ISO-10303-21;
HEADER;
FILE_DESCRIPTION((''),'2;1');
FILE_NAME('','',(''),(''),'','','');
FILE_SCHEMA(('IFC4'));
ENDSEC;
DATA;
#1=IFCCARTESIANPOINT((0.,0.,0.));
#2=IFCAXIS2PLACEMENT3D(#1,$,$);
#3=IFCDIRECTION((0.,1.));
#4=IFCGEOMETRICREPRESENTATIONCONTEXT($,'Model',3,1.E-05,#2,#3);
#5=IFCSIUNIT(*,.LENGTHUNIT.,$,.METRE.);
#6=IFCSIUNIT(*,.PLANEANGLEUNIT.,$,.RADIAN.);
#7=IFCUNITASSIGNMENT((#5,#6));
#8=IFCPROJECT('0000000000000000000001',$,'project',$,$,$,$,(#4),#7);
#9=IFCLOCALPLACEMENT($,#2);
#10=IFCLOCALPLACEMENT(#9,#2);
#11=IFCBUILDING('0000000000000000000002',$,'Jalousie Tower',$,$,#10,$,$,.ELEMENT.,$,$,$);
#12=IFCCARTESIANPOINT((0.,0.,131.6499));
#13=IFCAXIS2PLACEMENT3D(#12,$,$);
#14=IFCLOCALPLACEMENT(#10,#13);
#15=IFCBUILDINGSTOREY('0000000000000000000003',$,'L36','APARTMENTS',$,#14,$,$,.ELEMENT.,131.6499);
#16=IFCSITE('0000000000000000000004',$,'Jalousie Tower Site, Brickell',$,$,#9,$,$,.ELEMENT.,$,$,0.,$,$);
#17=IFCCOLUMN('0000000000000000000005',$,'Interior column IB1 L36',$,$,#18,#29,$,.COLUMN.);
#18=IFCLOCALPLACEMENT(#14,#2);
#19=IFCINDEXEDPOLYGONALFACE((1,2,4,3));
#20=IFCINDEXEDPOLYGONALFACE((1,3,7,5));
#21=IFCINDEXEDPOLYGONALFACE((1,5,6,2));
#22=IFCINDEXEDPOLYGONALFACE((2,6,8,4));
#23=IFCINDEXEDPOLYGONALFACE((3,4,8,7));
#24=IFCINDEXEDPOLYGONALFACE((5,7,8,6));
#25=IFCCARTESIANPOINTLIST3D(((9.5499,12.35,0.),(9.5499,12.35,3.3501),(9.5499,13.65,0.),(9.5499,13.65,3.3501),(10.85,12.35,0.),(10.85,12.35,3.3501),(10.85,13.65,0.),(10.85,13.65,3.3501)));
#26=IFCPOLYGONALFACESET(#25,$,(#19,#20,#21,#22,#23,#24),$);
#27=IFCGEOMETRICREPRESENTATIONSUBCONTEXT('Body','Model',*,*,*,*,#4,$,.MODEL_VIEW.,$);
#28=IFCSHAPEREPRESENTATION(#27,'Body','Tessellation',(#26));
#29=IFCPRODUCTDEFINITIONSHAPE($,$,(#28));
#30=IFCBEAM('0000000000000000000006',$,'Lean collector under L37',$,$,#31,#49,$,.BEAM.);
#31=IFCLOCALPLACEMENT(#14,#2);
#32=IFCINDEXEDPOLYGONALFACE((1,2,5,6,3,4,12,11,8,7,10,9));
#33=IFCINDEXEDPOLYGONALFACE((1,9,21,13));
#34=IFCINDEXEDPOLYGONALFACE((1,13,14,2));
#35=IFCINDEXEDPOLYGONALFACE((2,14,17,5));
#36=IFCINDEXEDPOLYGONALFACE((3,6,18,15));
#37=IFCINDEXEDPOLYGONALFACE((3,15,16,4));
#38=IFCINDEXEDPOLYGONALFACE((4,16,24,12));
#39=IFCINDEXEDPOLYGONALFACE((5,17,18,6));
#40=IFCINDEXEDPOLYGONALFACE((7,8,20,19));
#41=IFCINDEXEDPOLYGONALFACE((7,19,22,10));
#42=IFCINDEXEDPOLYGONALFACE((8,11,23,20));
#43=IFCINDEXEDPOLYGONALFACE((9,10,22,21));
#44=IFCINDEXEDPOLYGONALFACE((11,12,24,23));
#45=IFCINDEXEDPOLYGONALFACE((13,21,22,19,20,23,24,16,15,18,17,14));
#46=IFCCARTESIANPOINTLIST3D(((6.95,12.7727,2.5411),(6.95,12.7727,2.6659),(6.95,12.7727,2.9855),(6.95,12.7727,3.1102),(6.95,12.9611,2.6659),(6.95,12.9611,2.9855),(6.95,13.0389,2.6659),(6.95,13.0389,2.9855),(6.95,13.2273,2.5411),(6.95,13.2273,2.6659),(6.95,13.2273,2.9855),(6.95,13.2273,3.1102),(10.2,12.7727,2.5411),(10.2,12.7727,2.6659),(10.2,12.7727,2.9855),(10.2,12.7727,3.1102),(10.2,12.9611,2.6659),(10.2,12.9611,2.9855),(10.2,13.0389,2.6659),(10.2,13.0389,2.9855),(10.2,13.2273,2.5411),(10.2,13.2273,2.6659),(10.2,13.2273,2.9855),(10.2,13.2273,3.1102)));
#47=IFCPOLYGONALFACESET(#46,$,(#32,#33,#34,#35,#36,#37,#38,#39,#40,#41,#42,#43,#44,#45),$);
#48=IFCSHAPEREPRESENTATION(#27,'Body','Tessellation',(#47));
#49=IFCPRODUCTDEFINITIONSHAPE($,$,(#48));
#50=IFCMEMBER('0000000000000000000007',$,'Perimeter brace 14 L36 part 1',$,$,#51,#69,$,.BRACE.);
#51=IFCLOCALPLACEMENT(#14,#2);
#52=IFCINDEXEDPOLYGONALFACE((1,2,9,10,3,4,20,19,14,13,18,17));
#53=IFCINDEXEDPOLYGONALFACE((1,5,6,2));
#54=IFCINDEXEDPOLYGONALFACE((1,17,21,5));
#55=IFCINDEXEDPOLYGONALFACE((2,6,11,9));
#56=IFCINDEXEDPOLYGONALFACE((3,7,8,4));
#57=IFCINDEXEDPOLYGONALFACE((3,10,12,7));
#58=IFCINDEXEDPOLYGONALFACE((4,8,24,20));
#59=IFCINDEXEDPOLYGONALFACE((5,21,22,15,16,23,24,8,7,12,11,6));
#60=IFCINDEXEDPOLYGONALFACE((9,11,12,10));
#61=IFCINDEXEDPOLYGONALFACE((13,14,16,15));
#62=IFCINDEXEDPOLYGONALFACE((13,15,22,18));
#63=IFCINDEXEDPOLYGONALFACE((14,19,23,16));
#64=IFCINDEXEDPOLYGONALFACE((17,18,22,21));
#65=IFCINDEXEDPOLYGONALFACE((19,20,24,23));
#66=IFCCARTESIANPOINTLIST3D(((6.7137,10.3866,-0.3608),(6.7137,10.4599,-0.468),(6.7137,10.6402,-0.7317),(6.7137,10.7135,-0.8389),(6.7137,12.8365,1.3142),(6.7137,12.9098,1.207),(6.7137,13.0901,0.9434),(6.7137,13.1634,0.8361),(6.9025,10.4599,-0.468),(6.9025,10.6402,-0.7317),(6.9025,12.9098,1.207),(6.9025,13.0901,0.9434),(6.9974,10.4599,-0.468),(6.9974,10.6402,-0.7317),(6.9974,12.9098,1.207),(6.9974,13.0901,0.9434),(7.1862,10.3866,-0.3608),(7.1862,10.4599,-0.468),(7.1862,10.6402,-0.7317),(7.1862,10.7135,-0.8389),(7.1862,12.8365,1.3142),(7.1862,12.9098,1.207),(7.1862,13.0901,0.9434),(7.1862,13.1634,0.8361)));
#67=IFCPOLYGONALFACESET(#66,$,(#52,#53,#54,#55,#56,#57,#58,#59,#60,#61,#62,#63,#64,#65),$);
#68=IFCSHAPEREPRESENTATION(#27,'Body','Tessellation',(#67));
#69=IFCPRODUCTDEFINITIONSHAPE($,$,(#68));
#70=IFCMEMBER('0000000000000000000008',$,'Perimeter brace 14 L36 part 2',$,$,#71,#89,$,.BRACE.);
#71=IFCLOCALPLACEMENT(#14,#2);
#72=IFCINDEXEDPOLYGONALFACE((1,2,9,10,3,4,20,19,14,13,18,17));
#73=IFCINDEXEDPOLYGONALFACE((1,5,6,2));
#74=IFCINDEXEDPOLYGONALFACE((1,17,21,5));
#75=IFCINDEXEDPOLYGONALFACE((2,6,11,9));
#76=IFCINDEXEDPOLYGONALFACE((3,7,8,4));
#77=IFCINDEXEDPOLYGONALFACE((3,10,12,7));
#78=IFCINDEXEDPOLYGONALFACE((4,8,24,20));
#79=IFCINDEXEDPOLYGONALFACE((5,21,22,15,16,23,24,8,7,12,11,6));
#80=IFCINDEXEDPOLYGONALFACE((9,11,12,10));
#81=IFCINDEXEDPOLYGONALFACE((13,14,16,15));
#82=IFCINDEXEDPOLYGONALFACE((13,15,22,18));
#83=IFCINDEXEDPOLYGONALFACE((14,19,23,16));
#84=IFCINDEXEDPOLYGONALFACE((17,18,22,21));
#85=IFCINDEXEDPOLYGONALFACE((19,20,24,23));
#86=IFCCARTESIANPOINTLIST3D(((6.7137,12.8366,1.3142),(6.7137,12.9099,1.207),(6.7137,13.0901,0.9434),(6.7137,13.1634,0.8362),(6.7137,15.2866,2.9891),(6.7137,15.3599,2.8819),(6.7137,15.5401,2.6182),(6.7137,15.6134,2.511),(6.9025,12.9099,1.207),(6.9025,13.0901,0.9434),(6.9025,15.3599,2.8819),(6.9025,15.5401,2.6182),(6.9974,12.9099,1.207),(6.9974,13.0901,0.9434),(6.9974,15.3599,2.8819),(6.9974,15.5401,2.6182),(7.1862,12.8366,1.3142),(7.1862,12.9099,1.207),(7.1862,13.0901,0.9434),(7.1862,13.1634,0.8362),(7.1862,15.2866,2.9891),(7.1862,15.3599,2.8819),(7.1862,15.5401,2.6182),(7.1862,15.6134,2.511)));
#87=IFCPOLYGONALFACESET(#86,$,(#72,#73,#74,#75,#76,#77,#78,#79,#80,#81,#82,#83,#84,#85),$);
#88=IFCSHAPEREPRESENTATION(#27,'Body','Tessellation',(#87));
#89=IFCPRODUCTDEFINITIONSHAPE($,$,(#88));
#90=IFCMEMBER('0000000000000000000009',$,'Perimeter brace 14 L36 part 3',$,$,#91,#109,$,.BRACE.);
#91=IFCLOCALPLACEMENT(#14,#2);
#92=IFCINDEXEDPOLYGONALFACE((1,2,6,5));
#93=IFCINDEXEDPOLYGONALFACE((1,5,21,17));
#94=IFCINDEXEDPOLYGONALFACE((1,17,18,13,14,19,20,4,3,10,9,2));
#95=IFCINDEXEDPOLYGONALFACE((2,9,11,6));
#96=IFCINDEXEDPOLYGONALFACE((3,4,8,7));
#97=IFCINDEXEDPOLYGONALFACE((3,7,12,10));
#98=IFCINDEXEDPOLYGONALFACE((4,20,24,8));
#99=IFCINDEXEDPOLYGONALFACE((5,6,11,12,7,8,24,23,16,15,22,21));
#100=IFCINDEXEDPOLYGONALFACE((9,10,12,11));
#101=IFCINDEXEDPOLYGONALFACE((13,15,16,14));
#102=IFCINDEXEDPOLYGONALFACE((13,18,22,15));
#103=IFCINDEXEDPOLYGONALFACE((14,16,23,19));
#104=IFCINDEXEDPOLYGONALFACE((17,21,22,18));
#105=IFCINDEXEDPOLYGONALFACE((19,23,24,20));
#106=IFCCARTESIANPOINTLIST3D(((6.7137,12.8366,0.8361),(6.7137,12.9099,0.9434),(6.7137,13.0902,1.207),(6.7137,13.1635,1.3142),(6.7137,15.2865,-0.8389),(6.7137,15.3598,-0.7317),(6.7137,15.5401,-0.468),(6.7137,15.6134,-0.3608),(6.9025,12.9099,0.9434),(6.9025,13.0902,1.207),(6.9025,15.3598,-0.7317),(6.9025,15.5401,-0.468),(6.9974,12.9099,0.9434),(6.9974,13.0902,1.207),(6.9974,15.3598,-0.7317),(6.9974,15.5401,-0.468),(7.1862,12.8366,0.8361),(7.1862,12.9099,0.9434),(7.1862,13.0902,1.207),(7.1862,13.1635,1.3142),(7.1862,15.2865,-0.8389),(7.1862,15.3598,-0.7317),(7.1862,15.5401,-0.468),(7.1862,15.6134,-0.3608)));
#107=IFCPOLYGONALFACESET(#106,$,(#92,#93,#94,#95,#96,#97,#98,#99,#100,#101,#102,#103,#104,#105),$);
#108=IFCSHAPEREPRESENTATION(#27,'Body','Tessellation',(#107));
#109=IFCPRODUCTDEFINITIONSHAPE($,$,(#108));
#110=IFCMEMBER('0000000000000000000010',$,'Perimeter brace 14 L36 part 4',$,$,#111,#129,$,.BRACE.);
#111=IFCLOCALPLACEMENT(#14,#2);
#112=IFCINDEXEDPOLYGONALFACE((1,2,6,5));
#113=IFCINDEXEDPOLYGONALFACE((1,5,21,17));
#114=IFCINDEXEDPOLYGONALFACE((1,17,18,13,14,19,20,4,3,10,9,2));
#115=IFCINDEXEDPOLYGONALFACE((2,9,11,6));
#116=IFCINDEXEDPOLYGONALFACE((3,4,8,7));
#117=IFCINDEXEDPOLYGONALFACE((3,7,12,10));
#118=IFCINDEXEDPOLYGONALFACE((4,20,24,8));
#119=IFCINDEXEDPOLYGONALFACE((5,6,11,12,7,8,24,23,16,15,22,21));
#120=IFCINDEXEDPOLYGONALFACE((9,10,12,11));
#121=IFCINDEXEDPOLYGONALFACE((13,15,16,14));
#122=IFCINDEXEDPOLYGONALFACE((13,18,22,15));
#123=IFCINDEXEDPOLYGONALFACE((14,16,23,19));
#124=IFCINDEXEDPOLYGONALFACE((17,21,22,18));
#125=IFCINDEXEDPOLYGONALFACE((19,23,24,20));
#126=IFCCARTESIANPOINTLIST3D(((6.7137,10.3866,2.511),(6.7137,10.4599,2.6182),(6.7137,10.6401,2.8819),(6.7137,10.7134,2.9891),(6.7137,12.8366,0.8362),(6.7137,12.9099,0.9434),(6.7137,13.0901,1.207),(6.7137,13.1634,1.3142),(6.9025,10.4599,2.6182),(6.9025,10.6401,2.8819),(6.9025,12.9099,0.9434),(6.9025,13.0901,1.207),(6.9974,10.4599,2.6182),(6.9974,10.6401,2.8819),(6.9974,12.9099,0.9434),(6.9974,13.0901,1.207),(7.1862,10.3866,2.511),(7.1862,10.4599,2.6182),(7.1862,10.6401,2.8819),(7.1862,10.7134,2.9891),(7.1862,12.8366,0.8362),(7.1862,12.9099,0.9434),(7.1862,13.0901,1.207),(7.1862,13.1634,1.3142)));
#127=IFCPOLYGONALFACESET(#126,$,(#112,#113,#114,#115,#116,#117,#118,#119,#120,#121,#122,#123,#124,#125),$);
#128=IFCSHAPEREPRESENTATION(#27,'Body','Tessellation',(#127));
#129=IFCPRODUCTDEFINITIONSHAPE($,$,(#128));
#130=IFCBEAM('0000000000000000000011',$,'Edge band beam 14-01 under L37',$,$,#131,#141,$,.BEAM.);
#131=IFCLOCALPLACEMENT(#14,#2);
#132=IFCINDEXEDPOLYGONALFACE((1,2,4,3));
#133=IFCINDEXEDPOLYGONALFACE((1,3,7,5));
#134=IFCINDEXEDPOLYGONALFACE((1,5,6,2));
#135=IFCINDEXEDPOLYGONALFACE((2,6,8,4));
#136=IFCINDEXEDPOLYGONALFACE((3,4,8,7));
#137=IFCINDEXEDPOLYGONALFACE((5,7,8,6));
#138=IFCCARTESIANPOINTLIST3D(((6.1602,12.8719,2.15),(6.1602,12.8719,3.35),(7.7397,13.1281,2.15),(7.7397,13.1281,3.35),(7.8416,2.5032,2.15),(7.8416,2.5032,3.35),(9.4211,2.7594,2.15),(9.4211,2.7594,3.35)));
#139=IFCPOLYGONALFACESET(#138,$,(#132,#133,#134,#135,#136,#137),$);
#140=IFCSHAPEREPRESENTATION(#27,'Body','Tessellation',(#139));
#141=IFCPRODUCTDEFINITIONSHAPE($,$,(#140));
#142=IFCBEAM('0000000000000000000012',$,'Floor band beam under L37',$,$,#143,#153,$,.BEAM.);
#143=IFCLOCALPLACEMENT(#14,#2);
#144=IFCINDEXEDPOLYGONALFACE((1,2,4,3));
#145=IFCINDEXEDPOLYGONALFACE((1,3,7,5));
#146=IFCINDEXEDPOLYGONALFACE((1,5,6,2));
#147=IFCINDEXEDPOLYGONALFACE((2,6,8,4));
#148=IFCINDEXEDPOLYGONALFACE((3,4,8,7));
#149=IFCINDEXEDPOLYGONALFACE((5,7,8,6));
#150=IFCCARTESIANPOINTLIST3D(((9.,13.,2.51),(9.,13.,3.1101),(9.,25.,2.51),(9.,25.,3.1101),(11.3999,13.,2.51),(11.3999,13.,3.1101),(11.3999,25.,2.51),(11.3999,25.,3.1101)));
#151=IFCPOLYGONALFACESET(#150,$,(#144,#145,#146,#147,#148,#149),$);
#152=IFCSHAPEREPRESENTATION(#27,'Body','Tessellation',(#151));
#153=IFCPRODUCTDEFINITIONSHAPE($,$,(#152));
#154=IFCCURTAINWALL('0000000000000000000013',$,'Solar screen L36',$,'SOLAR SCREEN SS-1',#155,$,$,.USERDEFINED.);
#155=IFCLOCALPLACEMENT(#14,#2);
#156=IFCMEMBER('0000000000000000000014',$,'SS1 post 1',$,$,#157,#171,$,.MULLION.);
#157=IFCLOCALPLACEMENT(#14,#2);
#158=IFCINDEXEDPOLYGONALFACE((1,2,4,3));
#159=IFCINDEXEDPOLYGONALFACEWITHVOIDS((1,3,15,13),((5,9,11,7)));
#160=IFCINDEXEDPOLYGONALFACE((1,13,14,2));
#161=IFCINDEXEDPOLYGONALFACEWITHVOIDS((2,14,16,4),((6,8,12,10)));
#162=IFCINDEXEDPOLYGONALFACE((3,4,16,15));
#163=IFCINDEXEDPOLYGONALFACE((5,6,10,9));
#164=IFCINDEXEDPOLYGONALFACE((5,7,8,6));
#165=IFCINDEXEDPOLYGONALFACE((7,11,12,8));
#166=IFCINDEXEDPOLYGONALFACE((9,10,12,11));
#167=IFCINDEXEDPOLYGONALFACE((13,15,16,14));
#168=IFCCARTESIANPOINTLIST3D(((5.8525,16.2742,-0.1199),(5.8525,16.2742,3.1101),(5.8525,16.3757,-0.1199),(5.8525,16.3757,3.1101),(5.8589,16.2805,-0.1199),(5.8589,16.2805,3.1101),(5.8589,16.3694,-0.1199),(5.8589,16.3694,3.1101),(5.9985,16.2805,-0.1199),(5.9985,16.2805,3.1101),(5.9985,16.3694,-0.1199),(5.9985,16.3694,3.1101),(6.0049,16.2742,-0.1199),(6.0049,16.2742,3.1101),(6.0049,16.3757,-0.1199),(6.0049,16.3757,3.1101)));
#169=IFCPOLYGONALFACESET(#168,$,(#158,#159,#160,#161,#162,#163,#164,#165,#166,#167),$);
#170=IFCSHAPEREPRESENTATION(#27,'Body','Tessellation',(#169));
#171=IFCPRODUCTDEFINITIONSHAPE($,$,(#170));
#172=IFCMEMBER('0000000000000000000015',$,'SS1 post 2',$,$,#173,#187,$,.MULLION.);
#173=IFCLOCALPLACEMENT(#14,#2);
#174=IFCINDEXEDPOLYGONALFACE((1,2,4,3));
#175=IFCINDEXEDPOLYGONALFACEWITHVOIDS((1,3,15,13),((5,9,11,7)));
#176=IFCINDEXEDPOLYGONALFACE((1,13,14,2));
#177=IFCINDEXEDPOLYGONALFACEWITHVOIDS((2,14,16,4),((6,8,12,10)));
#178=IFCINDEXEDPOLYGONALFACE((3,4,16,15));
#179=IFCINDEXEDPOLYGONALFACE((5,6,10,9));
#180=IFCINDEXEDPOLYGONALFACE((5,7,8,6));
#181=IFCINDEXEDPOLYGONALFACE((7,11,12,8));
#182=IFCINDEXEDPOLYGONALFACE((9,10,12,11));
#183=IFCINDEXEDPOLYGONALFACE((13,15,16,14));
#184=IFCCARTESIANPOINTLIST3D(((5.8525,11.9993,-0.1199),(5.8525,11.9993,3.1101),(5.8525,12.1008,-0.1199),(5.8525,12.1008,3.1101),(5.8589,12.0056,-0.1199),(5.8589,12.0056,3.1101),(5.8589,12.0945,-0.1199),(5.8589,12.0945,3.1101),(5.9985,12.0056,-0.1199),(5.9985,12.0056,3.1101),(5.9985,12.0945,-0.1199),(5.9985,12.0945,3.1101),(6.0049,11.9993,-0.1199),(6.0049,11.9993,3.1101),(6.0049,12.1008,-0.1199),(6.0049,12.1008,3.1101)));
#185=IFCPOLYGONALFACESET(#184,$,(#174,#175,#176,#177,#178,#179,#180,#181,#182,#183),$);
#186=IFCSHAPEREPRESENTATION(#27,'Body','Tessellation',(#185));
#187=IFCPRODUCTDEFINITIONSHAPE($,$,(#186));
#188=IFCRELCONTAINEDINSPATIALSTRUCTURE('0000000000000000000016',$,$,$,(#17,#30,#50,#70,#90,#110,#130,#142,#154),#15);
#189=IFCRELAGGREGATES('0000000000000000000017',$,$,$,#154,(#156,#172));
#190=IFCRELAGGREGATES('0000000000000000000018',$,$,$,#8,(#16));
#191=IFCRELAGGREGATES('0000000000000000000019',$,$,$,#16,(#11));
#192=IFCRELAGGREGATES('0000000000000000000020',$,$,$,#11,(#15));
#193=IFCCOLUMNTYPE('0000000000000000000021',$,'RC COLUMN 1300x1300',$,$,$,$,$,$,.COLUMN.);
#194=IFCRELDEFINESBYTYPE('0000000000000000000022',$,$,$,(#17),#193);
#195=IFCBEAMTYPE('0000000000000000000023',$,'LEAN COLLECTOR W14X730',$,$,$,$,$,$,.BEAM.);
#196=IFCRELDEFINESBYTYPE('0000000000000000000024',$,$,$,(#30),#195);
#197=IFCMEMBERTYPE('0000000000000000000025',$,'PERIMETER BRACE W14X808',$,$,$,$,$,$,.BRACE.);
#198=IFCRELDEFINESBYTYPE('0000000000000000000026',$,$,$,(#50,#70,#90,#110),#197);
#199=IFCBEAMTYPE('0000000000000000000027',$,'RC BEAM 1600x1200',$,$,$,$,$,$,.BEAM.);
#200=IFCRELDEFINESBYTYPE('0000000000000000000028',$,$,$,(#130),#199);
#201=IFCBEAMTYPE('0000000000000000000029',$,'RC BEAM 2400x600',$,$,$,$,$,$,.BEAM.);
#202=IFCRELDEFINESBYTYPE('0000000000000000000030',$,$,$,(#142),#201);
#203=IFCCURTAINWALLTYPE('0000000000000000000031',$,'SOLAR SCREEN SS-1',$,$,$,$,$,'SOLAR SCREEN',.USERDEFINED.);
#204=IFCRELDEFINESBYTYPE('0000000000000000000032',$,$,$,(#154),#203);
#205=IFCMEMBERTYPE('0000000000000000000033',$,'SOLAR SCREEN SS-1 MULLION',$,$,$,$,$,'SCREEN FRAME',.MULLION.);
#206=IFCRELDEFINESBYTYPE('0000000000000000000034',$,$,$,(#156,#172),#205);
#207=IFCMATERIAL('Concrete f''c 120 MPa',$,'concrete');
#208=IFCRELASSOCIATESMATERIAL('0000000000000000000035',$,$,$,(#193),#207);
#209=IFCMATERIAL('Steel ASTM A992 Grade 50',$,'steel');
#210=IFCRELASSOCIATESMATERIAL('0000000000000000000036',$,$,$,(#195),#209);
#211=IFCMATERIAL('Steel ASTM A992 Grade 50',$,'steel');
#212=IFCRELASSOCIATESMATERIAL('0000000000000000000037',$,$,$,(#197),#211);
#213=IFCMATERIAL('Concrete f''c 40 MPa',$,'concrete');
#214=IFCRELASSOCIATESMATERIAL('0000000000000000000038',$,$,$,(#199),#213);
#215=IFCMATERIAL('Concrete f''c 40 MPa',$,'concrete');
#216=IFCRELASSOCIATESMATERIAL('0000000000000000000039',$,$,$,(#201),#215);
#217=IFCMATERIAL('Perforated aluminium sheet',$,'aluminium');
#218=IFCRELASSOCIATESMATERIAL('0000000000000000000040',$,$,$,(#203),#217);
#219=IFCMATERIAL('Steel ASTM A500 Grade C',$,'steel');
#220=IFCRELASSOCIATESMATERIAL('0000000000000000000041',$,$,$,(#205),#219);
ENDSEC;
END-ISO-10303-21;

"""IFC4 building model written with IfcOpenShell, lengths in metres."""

from ifc_helpers import new_model, si_unit, direction, frame, origin, origin_2d, place, context, subcontext, project, spatial, rectangle, hollow_rectangle, i_section, extrude, material, material_profile, profile_set, type_object, element, aggregate, save


model = new_model("IFC4")

# Units and contexts
model_context = context("Model", 3, precision=1e-05, world=origin(), true_north=direction((0.0, 1.0)))
body_context = subcontext(model_context, "Body", "Model", "MODEL_VIEW")
ifc_project = project(units=[si_unit("LENGTHUNIT", "METRE"), si_unit("PLANEANGLEUNIT", "RADIAN")], contexts=[model_context])

# Site, building, storey
site_placement = place(None, origin())
site = spatial("IfcSite", under=ifc_project, at=site_placement, Name="Jalousie Tower Site, Brickell", CompositionType="ELEMENT", RefElevation=0.0)
building_placement = place(site_placement, origin())
building = spatial("IfcBuilding", under=site, at=building_placement, Name="Jalousie Tower", CompositionType="ELEMENT")
storey_placement = place(building_placement, frame((0.0, 0.0, 131.6499)))
storey = spatial("IfcBuildingStorey", under=building, at=storey_placement, Name="L36", Description="APARTMENTS", CompositionType="ELEMENT", Elevation=131.6499)

# Column
ifc_material_1 = material(Name="Concrete f'c 120 MPa", Category="concrete")
ifc_material_profile_1 = material_profile(ifc_material_1, rectangle(XDim=1.3, YDim=1.3, at=origin_2d()), Name="RC 1300x1300")
ifc_profile_set_1 = profile_set([ifc_material_profile_1], Name="Concrete f'c 120 MPa")
column_type = type_object("IfcColumnType", Name="RC COLUMN 1300x1300", PredefinedType="COLUMN", material=ifc_profile_set_1)
column_placement = place(storey_placement, frame((10.2, 13.0, 0.0), z_axis=(0.0, 0.0, 1.0), x_axis=(1.0, 0.0, 0.0)))
element("IfcColumn", 1, at=column_placement, inside=storey, type_object=column_type, Name="Interior column IB1 L36", PredefinedType="COLUMN", context=body_context, shape_type="SweptSolid", body=[
    extrude(rectangle(XDim=1.3, YDim=1.3, at=origin_2d()), origin(), (0.0, 0.0, 1.0), 3.3501),
])

# Beam
ifc_material_2 = material(Name="Steel ASTM A992 Grade 50", Category="steel")
ifc_material_profile_2 = material_profile(ifc_material_2, i_section(OverallWidth=0.4546, OverallDepth=0.5691, WebThickness=0.0779, FlangeThickness=0.1248, at=origin_2d()), Name="W14X730")
ifc_profile_set_2 = profile_set([ifc_material_profile_2], Name="Steel ASTM A992 Grade 50")
beam_type_1 = type_object("IfcBeamType", Name="LEAN COLLECTOR W14X730", PredefinedType="BEAM", material=ifc_profile_set_2)
beam_1_placement = place(storey_placement, frame((6.95, 13.0, 2.8257), z_axis=(1.0, 0.0, 0.0), x_axis=(0.0, 1.0, 0.0)))
element("IfcBeam", 2, at=beam_1_placement, inside=storey, type_object=beam_type_1, Name="Lean collector under L37", PredefinedType="BEAM", context=body_context, shape_type="SweptSolid", body=[
    extrude(i_section(OverallWidth=0.4546, OverallDepth=0.5691, WebThickness=0.0779, FlangeThickness=0.1248, at=origin_2d()), origin(), (0.0, 0.0, 1.0), 3.25),
])

# Members
ifc_material_3 = material(Name="Steel ASTM A992 Grade 50", Category="steel")
ifc_material_profile_3 = material_profile(ifc_material_3, i_section(OverallWidth=0.4724, OverallDepth=0.5791, WebThickness=0.095, FlangeThickness=0.1299, at=origin_2d()), Name="W14X808")
ifc_profile_set_3 = profile_set([ifc_material_profile_3], Name="Steel ASTM A992 Grade 50")
member_type_1 = type_object("IfcMemberType", Name="PERIMETER BRACE W14X808", PredefinedType="BRACE", material=ifc_profile_set_3)
for number, where, z_axis, x_axis, name in (
    (3, (6.95, 10.55, -0.5999), (0.0, 0.825501, 0.564401), (-1.0, 0.0, 0.0), "Perimeter brace 14 L36 part 1"),
    (4, (6.95, 13.0, 1.0752), (0.0, 0.825539, 0.564345), (-1.0, 0.0, 0.0), "Perimeter brace 14 L36 part 2"),
    (5, (6.95, 15.45, -0.5999), (0.0, -0.825501, 0.564401), (1.0, 0.0, 0.0), "Perimeter brace 14 L36 part 3"),
    (6, (6.95, 13.0, 1.0752), (0.0, -0.825539, 0.564345), (1.0, 0.0, 0.0), "Perimeter brace 14 L36 part 4"),
):
    element("IfcMember", number, at=place(storey_placement, frame(where, z_axis=z_axis, x_axis=x_axis)), inside=storey, type_object=member_type_1, Name=name, PredefinedType="BRACE", context=body_context, shape_type="SweptSolid", body=[
        extrude(i_section(OverallWidth=0.4724, OverallDepth=0.5791, WebThickness=0.095, FlangeThickness=0.1299, at=origin_2d()), origin(), (0.0, 0.0, 1.0), 2.9678),
    ])

# Beams
ifc_material_4 = material(Name="Concrete f'c 40 MPa", Category="concrete")
ifc_material_profile_4 = material_profile(ifc_material_4, rectangle(XDim=1.6001, YDim=1.2, at=origin_2d()), Name="RC 1600x1200")
ifc_profile_set_4 = profile_set([ifc_material_profile_4], Name="Concrete f'c 40 MPa")
beam_type_2 = type_object("IfcBeamType", Name="RC BEAM 1600x1200", PredefinedType="BEAM", material=ifc_profile_set_4)
beam_2_placement = place(storey_placement, frame((6.95, 13.0, 2.75), z_axis=(0.160071, -0.987106, 0.0), x_axis=(0.987106, 0.160071, 0.0)))
element("IfcBeam", 7, at=beam_2_placement, inside=storey, type_object=beam_type_2, Name="Edge band beam 14-01 under L37", PredefinedType="BEAM", context=body_context, shape_type="SweptSolid", body=[
    extrude(rectangle(XDim=1.6001, YDim=1.2, at=origin_2d()), origin(), (0.0, 0.0, 1.0), 10.5042),
])
ifc_material_5 = material(Name="Concrete f'c 40 MPa", Category="concrete")
ifc_material_profile_5 = material_profile(ifc_material_5, rectangle(XDim=2.3999, YDim=0.6001, at=origin_2d()), Name="RC 2400x600")
ifc_profile_set_5 = profile_set([ifc_material_profile_5], Name="Concrete f'c 40 MPa")
beam_type_3 = type_object("IfcBeamType", Name="RC BEAM 2400x600", PredefinedType="BEAM", material=ifc_profile_set_5)
beam_3_placement = place(storey_placement, frame((10.2, 13.0, 2.8101), z_axis=(0.0, 1.0, 0.0), x_axis=(-1.0, 0.0, 0.0)))
element("IfcBeam", 8, at=beam_3_placement, inside=storey, type_object=beam_type_3, Name="Floor band beam under L37", PredefinedType="BEAM", context=body_context, shape_type="SweptSolid", body=[
    extrude(rectangle(XDim=2.3999, YDim=0.6001, at=origin_2d()), origin(), (0.0, 0.0, 1.0), 12.0),
])

# Curtain wall, members
ifc_material_6 = material(Name="Perforated aluminium sheet", Category="aluminium")
curtain_wall_type = type_object("IfcCurtainWallType", Name="SOLAR SCREEN SS-1", ElementType="SOLAR SCREEN", PredefinedType="USERDEFINED", material=ifc_material_6)
curtain_wall_1_placement = place(storey_placement, origin())
curtain_wall_1 = element("IfcCurtainWall", 9, at=curtain_wall_1_placement, inside=storey, type_object=curtain_wall_type, Name="Solar screen L36", ObjectType="SOLAR SCREEN SS-1", PredefinedType="USERDEFINED")
ifc_material_7 = material(Name="Steel ASTM A500 Grade C", Category="steel")
ifc_material_profile_6 = material_profile(ifc_material_7, hollow_rectangle(XDim=0.1016, YDim=0.1523, WallThickness=0.0063, at=origin_2d()), Name="HSS6X4X1/4")
ifc_profile_set_6 = profile_set([ifc_material_profile_6], Name="Steel ASTM A500 Grade C")
member_type_2 = type_object("IfcMemberType", Name="SOLAR SCREEN SS-1 MULLION", ElementType="SCREEN FRAME", PredefinedType="MULLION", material=ifc_profile_set_6)
member_1_placement = place(storey_placement, frame((5.9287, 16.325, -0.1199), z_axis=(0.0, 0.0, 1.0), x_axis=(0.0, -1.0, 0.0)))
member_1 = element("IfcMember", 10, at=member_1_placement, type_object=member_type_2, Name="SS1 post 1", PredefinedType="MULLION", context=body_context, shape_type="SweptSolid", body=[
    extrude(hollow_rectangle(XDim=0.1016, YDim=0.1523, WallThickness=0.0063, at=origin_2d()), origin(), (0.0, 0.0, 1.0), 3.23),
])
member_2_placement = place(storey_placement, frame((5.9287, 12.05, -0.1199), z_axis=(0.0, 0.0, 1.0), x_axis=(0.0, -1.0, 0.0)))
member_2 = element("IfcMember", 11, at=member_2_placement, type_object=member_type_2, Name="SS1 post 2", PredefinedType="MULLION", context=body_context, shape_type="SweptSolid", body=[
    extrude(hollow_rectangle(XDim=0.1016, YDim=0.1523, WallThickness=0.0063, at=origin_2d()), origin(), (0.0, 0.0, 1.0), 3.23),
])

aggregate(curtain_wall_1, [member_1, member_2])

save(model, "model.ifc")
